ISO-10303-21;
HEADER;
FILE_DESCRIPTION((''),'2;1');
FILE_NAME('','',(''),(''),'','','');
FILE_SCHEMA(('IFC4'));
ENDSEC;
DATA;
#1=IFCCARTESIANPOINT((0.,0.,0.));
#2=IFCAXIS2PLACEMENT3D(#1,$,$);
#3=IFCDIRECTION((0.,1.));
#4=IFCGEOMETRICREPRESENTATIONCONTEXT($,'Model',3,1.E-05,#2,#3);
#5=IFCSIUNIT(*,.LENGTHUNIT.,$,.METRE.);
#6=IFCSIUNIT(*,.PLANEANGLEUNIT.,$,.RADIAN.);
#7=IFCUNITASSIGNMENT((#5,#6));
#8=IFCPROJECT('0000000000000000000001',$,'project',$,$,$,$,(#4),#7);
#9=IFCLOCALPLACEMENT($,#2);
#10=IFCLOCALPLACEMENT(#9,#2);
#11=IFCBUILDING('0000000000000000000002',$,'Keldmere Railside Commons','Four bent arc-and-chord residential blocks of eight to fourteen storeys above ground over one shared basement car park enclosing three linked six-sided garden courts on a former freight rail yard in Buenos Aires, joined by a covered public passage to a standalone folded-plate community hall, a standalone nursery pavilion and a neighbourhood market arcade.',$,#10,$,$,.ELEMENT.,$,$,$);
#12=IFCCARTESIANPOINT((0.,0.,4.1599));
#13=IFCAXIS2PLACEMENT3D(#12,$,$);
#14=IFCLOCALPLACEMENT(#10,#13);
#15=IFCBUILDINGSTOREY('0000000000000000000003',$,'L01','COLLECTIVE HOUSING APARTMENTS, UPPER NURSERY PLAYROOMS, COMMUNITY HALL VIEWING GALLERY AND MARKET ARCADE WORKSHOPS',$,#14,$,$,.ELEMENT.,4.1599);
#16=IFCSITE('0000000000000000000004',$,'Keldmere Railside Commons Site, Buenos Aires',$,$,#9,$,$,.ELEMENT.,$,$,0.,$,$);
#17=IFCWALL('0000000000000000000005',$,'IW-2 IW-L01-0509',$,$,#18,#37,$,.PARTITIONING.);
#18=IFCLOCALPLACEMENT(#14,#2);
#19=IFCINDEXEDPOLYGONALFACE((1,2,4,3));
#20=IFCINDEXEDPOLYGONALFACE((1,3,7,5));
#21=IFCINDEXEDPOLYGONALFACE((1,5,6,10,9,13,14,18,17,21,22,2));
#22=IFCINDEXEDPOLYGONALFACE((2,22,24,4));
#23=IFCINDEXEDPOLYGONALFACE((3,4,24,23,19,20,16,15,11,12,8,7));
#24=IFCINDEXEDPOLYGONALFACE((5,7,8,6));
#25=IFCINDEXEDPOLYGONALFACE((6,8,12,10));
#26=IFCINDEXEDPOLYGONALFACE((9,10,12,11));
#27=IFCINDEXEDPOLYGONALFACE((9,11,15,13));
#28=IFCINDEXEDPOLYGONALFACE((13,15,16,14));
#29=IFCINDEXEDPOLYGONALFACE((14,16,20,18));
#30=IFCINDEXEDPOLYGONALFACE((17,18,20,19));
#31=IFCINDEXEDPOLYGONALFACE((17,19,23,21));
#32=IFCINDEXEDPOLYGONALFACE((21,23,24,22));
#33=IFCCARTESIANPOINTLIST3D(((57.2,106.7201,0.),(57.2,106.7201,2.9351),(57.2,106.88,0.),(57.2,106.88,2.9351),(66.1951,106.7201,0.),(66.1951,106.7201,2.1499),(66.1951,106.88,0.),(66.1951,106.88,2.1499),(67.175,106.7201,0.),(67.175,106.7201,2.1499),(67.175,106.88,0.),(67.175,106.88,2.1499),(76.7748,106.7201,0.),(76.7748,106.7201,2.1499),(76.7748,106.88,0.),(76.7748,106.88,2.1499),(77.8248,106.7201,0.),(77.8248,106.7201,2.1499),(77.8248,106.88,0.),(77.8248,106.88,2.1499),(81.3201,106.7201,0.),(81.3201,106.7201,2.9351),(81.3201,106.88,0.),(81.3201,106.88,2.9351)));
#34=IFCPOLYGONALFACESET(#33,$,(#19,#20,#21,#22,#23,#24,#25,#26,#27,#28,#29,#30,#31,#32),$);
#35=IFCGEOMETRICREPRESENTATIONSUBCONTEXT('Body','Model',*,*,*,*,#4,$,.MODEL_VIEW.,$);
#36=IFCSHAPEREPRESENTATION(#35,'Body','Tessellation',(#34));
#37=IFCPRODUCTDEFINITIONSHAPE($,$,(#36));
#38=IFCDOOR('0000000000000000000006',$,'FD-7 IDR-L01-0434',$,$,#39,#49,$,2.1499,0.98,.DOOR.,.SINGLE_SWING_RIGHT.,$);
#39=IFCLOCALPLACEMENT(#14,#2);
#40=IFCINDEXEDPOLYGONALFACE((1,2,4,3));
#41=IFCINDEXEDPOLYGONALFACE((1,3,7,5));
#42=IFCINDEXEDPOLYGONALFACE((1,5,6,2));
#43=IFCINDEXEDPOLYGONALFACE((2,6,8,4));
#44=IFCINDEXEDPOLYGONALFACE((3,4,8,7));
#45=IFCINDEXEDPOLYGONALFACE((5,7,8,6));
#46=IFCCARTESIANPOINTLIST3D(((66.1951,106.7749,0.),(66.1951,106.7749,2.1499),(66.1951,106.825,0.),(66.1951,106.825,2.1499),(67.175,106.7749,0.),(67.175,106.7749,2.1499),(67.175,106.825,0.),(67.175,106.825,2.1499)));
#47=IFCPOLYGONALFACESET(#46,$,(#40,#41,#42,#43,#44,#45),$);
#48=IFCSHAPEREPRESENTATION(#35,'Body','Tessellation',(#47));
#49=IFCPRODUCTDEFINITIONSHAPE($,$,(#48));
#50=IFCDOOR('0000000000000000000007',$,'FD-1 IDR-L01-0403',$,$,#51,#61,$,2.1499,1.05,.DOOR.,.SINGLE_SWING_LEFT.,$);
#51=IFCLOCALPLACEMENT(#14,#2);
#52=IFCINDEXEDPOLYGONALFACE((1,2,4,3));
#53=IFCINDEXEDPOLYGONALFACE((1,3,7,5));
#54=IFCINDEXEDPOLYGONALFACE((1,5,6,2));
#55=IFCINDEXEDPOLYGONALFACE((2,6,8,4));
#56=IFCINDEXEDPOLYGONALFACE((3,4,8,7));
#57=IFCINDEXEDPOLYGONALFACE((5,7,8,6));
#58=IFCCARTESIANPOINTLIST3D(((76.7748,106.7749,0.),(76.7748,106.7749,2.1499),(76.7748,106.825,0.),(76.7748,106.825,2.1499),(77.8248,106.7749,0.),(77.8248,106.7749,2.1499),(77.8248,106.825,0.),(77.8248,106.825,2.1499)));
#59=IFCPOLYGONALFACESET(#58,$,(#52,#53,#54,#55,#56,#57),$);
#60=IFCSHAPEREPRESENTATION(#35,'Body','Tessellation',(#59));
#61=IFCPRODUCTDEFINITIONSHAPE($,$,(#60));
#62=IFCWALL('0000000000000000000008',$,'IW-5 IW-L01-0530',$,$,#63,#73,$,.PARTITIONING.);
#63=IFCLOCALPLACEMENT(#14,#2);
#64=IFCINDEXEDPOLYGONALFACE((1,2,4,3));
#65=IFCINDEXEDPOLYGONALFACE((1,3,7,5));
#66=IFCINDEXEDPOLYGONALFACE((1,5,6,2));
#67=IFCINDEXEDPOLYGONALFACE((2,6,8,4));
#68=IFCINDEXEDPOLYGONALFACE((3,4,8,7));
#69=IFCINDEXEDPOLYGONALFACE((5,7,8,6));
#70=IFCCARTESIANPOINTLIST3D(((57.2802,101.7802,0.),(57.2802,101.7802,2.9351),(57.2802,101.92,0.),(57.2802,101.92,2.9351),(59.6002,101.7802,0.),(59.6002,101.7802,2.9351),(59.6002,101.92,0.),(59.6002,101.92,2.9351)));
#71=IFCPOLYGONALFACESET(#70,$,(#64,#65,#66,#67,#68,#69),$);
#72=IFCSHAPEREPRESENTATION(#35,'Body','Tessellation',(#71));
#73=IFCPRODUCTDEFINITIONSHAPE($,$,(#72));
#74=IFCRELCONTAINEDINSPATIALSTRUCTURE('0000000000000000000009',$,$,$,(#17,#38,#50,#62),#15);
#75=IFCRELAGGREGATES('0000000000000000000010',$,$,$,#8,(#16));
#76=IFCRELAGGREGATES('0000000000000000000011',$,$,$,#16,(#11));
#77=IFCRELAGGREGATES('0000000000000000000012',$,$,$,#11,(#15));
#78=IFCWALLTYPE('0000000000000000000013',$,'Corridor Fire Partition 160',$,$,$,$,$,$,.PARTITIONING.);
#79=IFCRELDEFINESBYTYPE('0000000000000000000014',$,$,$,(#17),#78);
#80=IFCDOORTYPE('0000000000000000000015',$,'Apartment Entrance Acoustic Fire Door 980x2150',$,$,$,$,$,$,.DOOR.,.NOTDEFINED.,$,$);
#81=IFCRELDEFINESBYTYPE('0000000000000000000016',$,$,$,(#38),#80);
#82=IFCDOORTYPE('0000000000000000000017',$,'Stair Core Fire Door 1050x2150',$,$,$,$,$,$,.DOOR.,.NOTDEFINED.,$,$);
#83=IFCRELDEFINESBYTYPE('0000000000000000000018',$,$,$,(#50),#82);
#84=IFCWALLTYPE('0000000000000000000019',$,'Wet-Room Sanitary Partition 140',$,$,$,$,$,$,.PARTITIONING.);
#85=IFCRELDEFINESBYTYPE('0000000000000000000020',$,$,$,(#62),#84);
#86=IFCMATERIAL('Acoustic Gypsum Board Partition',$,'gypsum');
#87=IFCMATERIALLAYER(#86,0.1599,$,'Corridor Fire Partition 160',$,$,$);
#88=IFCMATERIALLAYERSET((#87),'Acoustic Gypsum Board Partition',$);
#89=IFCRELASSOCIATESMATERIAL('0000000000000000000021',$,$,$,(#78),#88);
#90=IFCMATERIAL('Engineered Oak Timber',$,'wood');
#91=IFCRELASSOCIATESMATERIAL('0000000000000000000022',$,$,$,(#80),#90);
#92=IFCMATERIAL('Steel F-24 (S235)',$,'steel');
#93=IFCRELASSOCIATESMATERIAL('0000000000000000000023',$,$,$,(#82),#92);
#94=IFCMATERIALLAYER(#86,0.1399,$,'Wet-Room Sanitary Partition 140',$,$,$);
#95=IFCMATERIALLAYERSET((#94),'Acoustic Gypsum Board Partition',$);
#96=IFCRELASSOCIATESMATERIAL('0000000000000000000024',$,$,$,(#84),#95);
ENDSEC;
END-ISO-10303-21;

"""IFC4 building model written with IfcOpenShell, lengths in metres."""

from ifc_helpers import new_model, si_unit, direction, frame, frame_2d, origin, place, context, subcontext, project, spatial, rectangle, extrude, material, layer, layer_set, type_object, element, fill, save


model = new_model("IFC4")

# Units and contexts
model_context = context("Model", 3, precision=1e-05, world=origin(), true_north=direction((0.0, 1.0)))
body_context = subcontext(model_context, "Body", "Model", "MODEL_VIEW")
ifc_project = project(units=[si_unit("LENGTHUNIT", "METRE"), si_unit("PLANEANGLEUNIT", "RADIAN")], contexts=[model_context])

# Site, building, storey
site_placement = place(None, origin())
site = spatial("IfcSite", under=ifc_project, at=site_placement, Name="Keldmere Railside Commons Site, Buenos Aires", CompositionType="ELEMENT", RefElevation=0.0)
building_placement = place(site_placement, origin())
building = spatial("IfcBuilding", under=site, at=building_placement, Name="Keldmere Railside Commons", Description="Four bent arc-and-chord residential blocks of eight to fourteen storeys above ground over one shared basement car park enclosing three linked six-sided garden courts on a former freight rail yard in Buenos Aires, joined by a covered public passage to a standalone folded-plate community hall, a standalone nursery pavilion and a neighbourhood market arcade.", CompositionType="ELEMENT")
storey_placement = place(building_placement, frame((0.0, 0.0, 4.1599)))
storey = spatial("IfcBuildingStorey", under=building, at=storey_placement, Name="L01", Description="COLLECTIVE HOUSING APARTMENTS, UPPER NURSERY PLAYROOMS, COMMUNITY HALL VIEWING GALLERY AND MARKET ARCADE WORKSHOPS", CompositionType="ELEMENT", Elevation=4.1599)

# Shared definitions
ifc_material_1 = material(Name="Acoustic Gypsum Board Partition", Category="gypsum")

# Shared definitions
ifc_material_2 = material(Name="Engineered Oak Timber", Category="wood")

# Wall, openings, doors
ifc_layer_1 = layer(ifc_material_1, 0.1599, Name="Corridor Fire Partition 160")
ifc_layer_set_1 = layer_set([ifc_layer_1], Name="Acoustic Gypsum Board Partition")
wall_type_1 = type_object("IfcWallType", Name="Corridor Fire Partition 160", PredefinedType="PARTITIONING", material=ifc_layer_set_1)
wall_1_placement = place(storey_placement, frame((57.2, 106.8, 0.0), z_axis=(0.0, 0.0, 1.0), x_axis=(1.0, 0.0, 0.0)))
wall_1 = element("IfcWall", 1, at=wall_1_placement, inside=storey, type_object=wall_type_1, Name="IW-2 IW-L01-0509", PredefinedType="PARTITIONING", context=body_context, shape_type="SweptSolid", body=[
    extrude(rectangle(XDim=24.1201, YDim=0.1599, at=frame_2d((12.0601, 0.0))), origin(), (0.0, 0.0, 1.0), 2.9351),
])
opening_1_placement = place(wall_1_placement, frame((19.575, 0.0, 0.0)))
opening_1 = element("IfcOpeningElement", 2, at=opening_1_placement, cuts=wall_1, PredefinedType="OPENING", context=body_context, shape_type="SweptSolid", body=[
    extrude(rectangle(XDim=1.05, YDim=2.1499, at=frame_2d((0.5249, 1.075))), frame((0.0, 0.0898, 0.0), z_axis=(0.0, -1.0, 0.0), x_axis=(1.0, 0.0, 0.0)), (0.0, 0.0, 1.0), 0.1799),
])
opening_2_placement = place(wall_1_placement, frame((8.9951, 0.0, 0.0)))
opening_2 = element("IfcOpeningElement", 3, at=opening_2_placement, cuts=wall_1, PredefinedType="OPENING", context=body_context, shape_type="SweptSolid", body=[
    extrude(rectangle(XDim=0.98, YDim=2.1499, at=frame_2d((0.49, 1.075))), frame((0.0, 0.0898, 0.0), z_axis=(0.0, -1.0, 0.0), x_axis=(1.0, 0.0, 0.0)), (0.0, 0.0, 1.0), 0.1799),
])
door_type_1 = type_object("IfcDoorType", Name="Apartment Entrance Acoustic Fire Door 980x2150", OperationType="NOTDEFINED", PredefinedType="DOOR", material=ifc_material_2)
door_1_placement = place(opening_2_placement, origin())
door_1 = element("IfcDoor", 4, at=door_1_placement, inside=storey, type_object=door_type_1, Name="FD-7 IDR-L01-0434", OperationType="SINGLE_SWING_RIGHT", OverallHeight=2.1499, OverallWidth=0.98, PredefinedType="DOOR", context=body_context, shape_type="SweptSolid", body=[
    extrude(rectangle(XDim=0.98, YDim=2.1499, at=frame_2d((0.49, 1.075))), frame((0.0, 0.0249, 0.0), z_axis=(0.0, -1.0, 0.0), x_axis=(1.0, 0.0, 0.0)), (0.0, 0.0, 1.0), 0.05),
])
fill(opening_2, door_1)
ifc_material_3 = material(Name="Steel F-24 (S235)", Category="steel")
door_type_2 = type_object("IfcDoorType", Name="Stair Core Fire Door 1050x2150", OperationType="NOTDEFINED", PredefinedType="DOOR", material=ifc_material_3)
door_2_placement = place(opening_1_placement, origin())
door_2 = element("IfcDoor", 5, at=door_2_placement, inside=storey, type_object=door_type_2, Name="FD-1 IDR-L01-0403", OperationType="SINGLE_SWING_LEFT", OverallHeight=2.1499, OverallWidth=1.05, PredefinedType="DOOR", context=body_context, shape_type="SweptSolid", body=[
    extrude(rectangle(XDim=1.05, YDim=2.1499, at=frame_2d((0.5249, 1.075))), frame((0.0, 0.0249, 0.0), z_axis=(0.0, -1.0, 0.0), x_axis=(1.0, 0.0, 0.0)), (0.0, 0.0, 1.0), 0.05),
])
fill(opening_1, door_2)

# Wall
ifc_layer_2 = layer(ifc_material_1, 0.1399, Name="Wet-Room Sanitary Partition 140")
ifc_layer_set_2 = layer_set([ifc_layer_2], Name="Acoustic Gypsum Board Partition")
wall_type_2 = type_object("IfcWallType", Name="Wet-Room Sanitary Partition 140", PredefinedType="PARTITIONING", material=ifc_layer_set_2)
wall_2_placement = place(storey_placement, frame((57.28, 101.8501, 0.0), z_axis=(0.0, 0.0, 1.0), x_axis=(1.0, 0.0, 0.0)))
element("IfcWall", 6, at=wall_2_placement, inside=storey, type_object=wall_type_2, Name="IW-5 IW-L01-0530", PredefinedType="PARTITIONING", context=body_context, shape_type="SweptSolid", body=[
    extrude(rectangle(XDim=2.3201, YDim=0.1399, at=frame_2d((1.1602, 0.0))), origin(), (0.0, 0.0, 1.0), 2.9351),
])

save(model, "model.ifc")
